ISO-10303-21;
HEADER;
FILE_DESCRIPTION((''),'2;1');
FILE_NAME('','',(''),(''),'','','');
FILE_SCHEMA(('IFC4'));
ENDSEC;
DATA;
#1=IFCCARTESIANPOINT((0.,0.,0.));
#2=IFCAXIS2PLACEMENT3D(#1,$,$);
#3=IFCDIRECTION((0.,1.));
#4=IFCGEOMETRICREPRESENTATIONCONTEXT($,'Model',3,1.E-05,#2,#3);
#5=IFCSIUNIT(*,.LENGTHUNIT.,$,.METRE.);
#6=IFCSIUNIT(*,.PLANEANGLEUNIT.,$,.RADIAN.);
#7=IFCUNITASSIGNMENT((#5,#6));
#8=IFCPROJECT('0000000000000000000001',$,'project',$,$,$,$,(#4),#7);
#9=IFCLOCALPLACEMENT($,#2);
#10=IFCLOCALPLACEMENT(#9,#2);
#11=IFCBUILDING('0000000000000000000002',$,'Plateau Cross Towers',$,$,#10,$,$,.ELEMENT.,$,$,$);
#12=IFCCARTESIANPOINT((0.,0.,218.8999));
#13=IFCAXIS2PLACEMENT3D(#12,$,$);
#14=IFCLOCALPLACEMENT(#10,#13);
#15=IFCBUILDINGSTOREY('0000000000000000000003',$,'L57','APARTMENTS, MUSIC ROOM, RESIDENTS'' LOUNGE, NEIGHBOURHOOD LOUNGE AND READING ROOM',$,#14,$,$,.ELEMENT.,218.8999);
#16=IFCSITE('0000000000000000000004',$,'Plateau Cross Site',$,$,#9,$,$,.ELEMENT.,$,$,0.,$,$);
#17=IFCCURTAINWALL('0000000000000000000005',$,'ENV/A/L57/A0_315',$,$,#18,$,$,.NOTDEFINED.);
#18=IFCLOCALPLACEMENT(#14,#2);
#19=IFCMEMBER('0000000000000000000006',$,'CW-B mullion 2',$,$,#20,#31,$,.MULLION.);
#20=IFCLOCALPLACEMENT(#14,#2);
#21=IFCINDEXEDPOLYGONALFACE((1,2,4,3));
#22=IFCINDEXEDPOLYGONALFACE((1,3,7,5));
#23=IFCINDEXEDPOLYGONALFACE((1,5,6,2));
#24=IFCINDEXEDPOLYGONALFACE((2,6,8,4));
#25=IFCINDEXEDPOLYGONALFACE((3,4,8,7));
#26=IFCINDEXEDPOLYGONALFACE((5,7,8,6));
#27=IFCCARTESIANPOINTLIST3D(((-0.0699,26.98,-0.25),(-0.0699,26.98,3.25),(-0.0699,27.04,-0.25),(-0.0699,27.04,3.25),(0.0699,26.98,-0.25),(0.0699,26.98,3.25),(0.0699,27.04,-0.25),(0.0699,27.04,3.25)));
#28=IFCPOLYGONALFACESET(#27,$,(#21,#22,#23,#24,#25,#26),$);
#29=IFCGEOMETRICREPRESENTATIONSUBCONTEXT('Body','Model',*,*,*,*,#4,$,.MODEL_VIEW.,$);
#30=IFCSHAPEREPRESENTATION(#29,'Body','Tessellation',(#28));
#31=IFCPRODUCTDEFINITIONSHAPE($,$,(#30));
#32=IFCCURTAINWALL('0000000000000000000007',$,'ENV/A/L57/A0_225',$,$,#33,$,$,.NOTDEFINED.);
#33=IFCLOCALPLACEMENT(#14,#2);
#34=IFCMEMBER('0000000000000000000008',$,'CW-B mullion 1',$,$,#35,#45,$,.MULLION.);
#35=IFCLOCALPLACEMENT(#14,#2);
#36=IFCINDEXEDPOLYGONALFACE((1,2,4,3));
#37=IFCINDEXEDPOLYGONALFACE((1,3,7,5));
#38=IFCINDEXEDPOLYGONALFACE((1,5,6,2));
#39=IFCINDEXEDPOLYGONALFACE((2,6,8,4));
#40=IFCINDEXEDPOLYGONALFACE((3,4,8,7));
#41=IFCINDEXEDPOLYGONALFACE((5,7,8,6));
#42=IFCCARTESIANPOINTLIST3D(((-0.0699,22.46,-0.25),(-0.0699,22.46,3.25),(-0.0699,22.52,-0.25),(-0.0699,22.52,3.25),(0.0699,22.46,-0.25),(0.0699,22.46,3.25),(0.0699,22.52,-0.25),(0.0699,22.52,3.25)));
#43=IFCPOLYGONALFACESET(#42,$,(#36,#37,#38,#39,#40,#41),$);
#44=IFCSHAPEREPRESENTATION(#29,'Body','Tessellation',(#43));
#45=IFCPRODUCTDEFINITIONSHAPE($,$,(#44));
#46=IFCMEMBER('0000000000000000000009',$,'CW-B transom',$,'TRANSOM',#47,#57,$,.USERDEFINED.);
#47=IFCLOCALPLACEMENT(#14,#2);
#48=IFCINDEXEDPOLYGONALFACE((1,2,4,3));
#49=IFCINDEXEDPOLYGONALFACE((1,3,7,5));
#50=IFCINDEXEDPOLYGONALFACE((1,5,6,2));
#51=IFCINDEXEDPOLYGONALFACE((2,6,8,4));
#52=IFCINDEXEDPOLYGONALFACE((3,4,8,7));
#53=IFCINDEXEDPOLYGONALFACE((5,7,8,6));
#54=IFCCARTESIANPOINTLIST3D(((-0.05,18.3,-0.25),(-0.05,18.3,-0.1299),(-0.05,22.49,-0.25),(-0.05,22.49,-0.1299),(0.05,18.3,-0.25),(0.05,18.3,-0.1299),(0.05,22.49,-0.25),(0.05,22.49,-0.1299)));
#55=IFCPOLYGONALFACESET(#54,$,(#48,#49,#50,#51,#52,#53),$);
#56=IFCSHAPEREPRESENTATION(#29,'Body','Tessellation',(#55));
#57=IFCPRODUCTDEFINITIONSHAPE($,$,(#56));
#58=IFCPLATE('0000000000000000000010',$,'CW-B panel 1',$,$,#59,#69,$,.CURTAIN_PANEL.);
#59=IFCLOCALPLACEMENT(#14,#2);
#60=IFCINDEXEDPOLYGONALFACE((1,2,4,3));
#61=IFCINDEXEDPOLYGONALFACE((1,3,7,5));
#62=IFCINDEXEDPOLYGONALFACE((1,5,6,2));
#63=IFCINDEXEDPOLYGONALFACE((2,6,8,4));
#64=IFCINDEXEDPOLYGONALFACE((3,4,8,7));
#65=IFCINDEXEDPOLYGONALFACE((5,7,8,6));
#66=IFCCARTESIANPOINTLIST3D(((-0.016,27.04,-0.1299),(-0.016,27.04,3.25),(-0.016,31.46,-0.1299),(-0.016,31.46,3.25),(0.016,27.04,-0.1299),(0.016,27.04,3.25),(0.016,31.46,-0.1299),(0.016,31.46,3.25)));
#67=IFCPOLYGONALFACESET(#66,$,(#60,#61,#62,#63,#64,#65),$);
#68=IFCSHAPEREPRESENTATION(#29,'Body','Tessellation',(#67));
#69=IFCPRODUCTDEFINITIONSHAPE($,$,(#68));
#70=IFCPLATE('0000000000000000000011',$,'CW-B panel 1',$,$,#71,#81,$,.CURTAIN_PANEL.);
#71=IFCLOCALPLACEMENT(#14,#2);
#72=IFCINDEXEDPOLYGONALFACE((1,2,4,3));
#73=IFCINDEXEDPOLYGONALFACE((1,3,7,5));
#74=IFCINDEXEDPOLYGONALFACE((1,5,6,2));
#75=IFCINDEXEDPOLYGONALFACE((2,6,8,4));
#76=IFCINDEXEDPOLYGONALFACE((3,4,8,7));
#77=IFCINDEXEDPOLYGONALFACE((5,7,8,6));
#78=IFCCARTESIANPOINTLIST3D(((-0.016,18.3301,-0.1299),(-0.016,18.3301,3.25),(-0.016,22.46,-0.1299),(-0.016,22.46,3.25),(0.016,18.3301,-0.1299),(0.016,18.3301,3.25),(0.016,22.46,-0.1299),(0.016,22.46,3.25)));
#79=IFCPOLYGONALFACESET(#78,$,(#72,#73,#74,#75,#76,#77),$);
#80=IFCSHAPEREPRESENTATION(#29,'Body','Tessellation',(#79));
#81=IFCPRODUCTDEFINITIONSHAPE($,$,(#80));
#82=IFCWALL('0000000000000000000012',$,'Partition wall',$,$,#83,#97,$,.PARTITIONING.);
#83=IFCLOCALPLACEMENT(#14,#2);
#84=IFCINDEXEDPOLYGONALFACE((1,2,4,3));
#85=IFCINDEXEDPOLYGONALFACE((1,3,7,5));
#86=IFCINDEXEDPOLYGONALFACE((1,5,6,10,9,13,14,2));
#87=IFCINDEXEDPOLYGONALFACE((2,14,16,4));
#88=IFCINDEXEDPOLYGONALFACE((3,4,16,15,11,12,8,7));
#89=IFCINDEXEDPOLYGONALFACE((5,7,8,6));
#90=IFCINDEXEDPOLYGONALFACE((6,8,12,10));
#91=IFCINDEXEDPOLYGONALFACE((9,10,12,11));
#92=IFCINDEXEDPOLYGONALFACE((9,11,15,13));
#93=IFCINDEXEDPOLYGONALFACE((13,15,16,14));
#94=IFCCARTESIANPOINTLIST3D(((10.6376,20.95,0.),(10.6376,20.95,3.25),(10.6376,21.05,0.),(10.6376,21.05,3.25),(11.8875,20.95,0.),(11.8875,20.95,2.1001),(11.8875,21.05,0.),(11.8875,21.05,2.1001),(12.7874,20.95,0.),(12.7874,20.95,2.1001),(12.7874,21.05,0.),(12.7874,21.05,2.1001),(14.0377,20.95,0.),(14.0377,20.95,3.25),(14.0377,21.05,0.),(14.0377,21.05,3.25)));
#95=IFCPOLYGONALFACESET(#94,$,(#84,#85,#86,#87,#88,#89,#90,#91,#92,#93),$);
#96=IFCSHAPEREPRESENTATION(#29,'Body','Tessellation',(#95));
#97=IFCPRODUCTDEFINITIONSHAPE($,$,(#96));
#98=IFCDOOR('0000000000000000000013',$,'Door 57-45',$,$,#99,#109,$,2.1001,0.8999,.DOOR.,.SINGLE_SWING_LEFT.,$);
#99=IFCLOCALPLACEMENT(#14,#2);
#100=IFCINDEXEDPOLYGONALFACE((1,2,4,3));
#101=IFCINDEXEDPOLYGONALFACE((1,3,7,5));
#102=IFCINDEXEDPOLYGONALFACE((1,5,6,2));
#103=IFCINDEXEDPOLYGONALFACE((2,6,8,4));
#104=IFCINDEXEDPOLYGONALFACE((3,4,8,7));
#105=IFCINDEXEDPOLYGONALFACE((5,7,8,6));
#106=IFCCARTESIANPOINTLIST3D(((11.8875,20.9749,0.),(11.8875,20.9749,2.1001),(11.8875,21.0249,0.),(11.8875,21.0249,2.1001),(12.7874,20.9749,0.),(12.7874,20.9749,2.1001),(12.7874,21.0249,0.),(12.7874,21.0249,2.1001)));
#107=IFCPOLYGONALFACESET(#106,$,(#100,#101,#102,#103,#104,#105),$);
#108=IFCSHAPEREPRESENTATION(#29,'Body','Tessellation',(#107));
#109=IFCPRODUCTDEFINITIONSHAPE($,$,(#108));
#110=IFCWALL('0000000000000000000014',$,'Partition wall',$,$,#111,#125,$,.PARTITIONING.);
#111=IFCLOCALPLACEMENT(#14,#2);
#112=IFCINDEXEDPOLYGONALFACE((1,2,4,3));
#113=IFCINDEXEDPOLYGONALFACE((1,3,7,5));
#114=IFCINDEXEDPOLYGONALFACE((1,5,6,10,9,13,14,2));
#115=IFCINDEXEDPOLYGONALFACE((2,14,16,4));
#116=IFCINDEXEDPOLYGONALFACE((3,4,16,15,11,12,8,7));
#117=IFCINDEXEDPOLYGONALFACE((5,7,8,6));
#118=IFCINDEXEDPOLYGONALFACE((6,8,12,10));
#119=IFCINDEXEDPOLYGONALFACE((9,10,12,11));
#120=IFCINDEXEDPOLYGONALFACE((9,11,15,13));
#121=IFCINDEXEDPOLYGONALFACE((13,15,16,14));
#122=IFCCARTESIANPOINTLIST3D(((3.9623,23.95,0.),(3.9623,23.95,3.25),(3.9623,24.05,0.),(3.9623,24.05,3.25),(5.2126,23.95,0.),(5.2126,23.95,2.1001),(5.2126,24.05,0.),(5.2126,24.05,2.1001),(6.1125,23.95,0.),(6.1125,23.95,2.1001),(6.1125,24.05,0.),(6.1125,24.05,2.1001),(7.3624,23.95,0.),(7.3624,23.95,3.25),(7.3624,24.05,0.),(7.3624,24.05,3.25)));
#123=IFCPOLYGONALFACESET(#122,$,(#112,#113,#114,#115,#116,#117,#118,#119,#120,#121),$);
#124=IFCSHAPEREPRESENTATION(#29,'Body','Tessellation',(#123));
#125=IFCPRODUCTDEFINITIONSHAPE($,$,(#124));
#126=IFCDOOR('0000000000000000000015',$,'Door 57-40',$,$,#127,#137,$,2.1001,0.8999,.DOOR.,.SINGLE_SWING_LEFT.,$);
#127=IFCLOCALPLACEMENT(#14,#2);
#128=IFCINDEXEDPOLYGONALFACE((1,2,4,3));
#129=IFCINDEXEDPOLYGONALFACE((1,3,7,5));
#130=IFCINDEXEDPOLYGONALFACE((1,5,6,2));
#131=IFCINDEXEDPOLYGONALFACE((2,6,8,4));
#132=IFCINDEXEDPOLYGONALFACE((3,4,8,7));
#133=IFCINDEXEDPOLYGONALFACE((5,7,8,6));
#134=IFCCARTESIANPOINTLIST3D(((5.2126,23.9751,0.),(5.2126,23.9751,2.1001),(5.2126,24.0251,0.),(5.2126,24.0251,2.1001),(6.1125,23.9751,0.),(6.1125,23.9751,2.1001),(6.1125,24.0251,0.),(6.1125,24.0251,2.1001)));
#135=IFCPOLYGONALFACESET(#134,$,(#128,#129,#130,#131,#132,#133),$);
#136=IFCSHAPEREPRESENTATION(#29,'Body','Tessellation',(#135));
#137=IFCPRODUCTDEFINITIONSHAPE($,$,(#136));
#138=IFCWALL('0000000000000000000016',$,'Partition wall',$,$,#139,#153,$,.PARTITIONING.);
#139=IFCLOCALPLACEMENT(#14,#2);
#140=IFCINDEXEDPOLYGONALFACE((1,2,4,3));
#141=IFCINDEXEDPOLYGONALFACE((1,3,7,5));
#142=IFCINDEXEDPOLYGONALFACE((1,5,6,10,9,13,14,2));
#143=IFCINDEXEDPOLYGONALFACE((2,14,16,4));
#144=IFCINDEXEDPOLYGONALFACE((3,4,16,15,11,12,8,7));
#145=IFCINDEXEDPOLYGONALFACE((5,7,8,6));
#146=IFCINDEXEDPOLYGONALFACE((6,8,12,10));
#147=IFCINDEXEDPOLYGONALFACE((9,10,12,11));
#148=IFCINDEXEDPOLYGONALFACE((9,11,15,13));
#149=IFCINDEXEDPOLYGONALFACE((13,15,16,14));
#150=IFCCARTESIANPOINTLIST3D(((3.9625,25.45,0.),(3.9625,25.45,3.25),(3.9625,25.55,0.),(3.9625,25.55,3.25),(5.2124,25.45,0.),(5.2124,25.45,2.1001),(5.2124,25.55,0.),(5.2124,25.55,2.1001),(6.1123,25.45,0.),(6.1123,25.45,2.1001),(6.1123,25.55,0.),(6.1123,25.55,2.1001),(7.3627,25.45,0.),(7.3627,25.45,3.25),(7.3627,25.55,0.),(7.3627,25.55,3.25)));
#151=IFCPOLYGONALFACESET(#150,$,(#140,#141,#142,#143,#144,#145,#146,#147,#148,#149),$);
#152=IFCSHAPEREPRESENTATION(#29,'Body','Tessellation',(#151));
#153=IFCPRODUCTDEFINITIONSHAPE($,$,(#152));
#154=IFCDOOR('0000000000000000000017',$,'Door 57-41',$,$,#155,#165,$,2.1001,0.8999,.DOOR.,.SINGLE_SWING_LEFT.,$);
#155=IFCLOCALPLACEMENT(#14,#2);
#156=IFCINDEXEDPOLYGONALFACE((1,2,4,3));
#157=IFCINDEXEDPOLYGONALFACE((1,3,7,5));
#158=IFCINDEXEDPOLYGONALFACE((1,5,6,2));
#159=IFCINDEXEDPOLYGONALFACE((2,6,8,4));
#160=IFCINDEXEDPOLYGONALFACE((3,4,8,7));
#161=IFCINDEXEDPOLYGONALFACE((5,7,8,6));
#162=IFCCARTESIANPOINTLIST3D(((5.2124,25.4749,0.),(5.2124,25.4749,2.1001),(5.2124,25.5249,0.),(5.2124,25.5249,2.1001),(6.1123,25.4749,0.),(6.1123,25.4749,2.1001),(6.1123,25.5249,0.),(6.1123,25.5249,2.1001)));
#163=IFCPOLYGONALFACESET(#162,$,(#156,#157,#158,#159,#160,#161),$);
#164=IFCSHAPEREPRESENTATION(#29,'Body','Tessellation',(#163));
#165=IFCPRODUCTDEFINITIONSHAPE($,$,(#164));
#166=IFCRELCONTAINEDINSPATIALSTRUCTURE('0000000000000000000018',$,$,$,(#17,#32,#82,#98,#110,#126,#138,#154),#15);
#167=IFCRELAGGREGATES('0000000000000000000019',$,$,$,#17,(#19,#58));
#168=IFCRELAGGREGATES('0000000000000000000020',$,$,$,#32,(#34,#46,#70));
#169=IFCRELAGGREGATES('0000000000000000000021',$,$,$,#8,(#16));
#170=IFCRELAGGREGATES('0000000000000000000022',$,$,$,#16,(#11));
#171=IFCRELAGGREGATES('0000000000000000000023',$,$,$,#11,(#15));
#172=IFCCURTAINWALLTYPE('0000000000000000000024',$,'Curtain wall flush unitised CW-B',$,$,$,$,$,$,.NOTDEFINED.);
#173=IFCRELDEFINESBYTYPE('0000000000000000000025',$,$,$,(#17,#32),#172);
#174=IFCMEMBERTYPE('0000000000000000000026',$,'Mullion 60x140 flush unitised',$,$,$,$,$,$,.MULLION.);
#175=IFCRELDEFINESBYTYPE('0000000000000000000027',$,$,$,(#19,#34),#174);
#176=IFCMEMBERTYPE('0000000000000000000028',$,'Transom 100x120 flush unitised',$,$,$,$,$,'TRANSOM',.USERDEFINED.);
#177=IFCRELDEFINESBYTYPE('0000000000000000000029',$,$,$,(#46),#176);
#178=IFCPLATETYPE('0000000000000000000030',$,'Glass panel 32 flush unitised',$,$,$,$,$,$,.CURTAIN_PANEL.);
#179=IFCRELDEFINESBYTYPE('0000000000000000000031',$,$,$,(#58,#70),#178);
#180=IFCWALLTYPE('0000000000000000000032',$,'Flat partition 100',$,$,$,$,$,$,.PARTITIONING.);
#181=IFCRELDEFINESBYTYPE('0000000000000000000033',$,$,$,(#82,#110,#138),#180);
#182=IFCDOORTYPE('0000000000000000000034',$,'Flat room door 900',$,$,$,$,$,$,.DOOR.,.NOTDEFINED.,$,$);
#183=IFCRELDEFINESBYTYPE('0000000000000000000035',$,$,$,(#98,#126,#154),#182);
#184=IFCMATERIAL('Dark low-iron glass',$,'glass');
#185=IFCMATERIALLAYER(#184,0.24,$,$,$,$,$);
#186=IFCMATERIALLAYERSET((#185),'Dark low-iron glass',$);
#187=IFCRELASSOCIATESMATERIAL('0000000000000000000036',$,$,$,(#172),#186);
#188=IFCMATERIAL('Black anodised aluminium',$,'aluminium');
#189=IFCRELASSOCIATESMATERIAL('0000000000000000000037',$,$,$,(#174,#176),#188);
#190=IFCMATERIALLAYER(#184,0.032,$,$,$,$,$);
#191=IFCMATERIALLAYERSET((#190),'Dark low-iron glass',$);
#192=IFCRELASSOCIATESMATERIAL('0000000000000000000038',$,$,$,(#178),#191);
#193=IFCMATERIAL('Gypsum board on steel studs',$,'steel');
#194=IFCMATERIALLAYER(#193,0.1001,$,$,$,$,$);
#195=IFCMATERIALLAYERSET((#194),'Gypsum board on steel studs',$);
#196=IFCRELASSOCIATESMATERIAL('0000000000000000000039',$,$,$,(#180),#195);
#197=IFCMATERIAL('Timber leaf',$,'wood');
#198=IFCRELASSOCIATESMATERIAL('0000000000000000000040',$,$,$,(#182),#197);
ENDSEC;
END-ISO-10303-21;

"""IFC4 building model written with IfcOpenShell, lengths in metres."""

from ifc_helpers import new_model, si_unit, direction, frame, frame_2d, origin, origin_2d, place, context, subcontext, project, spatial, rectangle, extrude, material, layer, layer_set, material_profile, profile_set, type_object, element, fill, aggregate, save


model = new_model("IFC4")

# Units and contexts
model_context = context("Model", 3, precision=1e-05, world=origin(), true_north=direction((0.0, 1.0)))
body_context = subcontext(model_context, "Body", "Model", "MODEL_VIEW")
ifc_project = project(units=[si_unit("LENGTHUNIT", "METRE"), si_unit("PLANEANGLEUNIT", "RADIAN")], contexts=[model_context])

# Site, building, storey
site_placement = place(None, origin())
site = spatial("IfcSite", under=ifc_project, at=site_placement, Name="Plateau Cross Site", CompositionType="ELEMENT", RefElevation=0.0)
building_placement = place(site_placement, origin())
building = spatial("IfcBuilding", under=site, at=building_placement, Name="Plateau Cross Towers", CompositionType="ELEMENT")
storey_placement = place(building_placement, frame((0.0, 0.0, 218.8999)))
storey = spatial("IfcBuildingStorey", under=building, at=storey_placement, Name="L57", Description="APARTMENTS, MUSIC ROOM, RESIDENTS' LOUNGE, NEIGHBOURHOOD LOUNGE AND READING ROOM", CompositionType="ELEMENT", Elevation=218.8999)

# Curtain wall, member
ifc_material_1 = material(Name="Dark low-iron glass", Category="glass")
ifc_layer_1 = layer(ifc_material_1, 0.24)
ifc_layer_set_1 = layer_set([ifc_layer_1], Name="Dark low-iron glass")
curtain_wall_type = type_object("IfcCurtainWallType", Name="Curtain wall flush unitised CW-B", PredefinedType="NOTDEFINED", material=ifc_layer_set_1)
curtain_wall_1_placement = place(storey_placement, origin())
curtain_wall_1 = element("IfcCurtainWall", 1, at=curtain_wall_1_placement, inside=storey, type_object=curtain_wall_type, Name="ENV/A/L57/A0_315", PredefinedType="NOTDEFINED")
ifc_material_2 = material(Name="Black anodised aluminium", Category="aluminium")
ifc_material_profile_1 = material_profile(ifc_material_2, rectangle(XDim=0.0601, YDim=0.1399, at=origin_2d()), Name="MULLION 60x140")
ifc_profile_set_1 = profile_set([ifc_material_profile_1], Name="Black anodised aluminium")
member_type_1 = type_object("IfcMemberType", Name="Mullion 60x140 flush unitised", PredefinedType="MULLION", material=ifc_profile_set_1)
member_1_placement = place(storey_placement, frame((0.0, 27.01, -0.25), z_axis=(0.0, 0.0, 1.0), x_axis=(0.0, -1.0, 0.0)))
member_1 = element("IfcMember", 2, at=member_1_placement, type_object=member_type_1, Name="CW-B mullion 2", PredefinedType="MULLION", context=body_context, shape_type="SweptSolid", body=[
    extrude(rectangle(XDim=0.0601, YDim=0.1399, at=origin_2d()), origin(), (0.0, 0.0, 1.0), 3.5),
])

# Curtain wall, members
curtain_wall_2_placement = place(storey_placement, origin())
curtain_wall_2 = element("IfcCurtainWall", 3, at=curtain_wall_2_placement, inside=storey, type_object=curtain_wall_type, Name="ENV/A/L57/A0_225", PredefinedType="NOTDEFINED")
member_2_placement = place(storey_placement, frame((0.0, 22.49, -0.25), z_axis=(0.0, 0.0, 1.0), x_axis=(0.0, -1.0, 0.0)))
member_2 = element("IfcMember", 4, at=member_2_placement, type_object=member_type_1, Name="CW-B mullion 1", PredefinedType="MULLION", context=body_context, shape_type="SweptSolid", body=[
    extrude(rectangle(XDim=0.0601, YDim=0.1399, at=origin_2d()), origin(), (0.0, 0.0, 1.0), 3.5),
])
ifc_material_profile_2 = material_profile(ifc_material_2, rectangle(XDim=0.1001, YDim=0.1201, at=origin_2d()), Name="TRANSOM 100x120")
ifc_profile_set_2 = profile_set([ifc_material_profile_2], Name="Black anodised aluminium")
member_type_2 = type_object("IfcMemberType", Name="Transom 100x120 flush unitised", ElementType="TRANSOM", PredefinedType="USERDEFINED", material=ifc_profile_set_2)
member_3_placement = place(storey_placement, frame((0.0, 22.49, -0.1899), z_axis=(0.0, -1.0, 0.0), x_axis=(1.0, 0.0, 0.0)))
member_3 = element("IfcMember", 5, at=member_3_placement, type_object=member_type_2, Name="CW-B transom", ObjectType="TRANSOM", PredefinedType="USERDEFINED", context=body_context, shape_type="SweptSolid", body=[
    extrude(rectangle(XDim=0.1001, YDim=0.1201, at=origin_2d()), origin(), (0.0, 0.0, 1.0), 4.1899),
])

# Plates
ifc_layer_2 = layer(ifc_material_1, 0.032)
ifc_layer_set_2 = layer_set([ifc_layer_2], Name="Dark low-iron glass")
plate_type = type_object("IfcPlateType", Name="Glass panel 32 flush unitised", PredefinedType="CURTAIN_PANEL", material=ifc_layer_set_2)
plate_1_placement = place(storey_placement, frame((0.0, 29.25, -0.1299), z_axis=(0.0, 0.0, 1.0), x_axis=(0.0, -1.0, 0.0)))
plate_1 = element("IfcPlate", 6, at=plate_1_placement, type_object=plate_type, Name="CW-B panel 1", PredefinedType="CURTAIN_PANEL", context=body_context, shape_type="SweptSolid", body=[
    extrude(rectangle(XDim=4.4199, YDim=0.032, at=origin_2d()), origin(), (0.0, 0.0, 1.0), 3.3799),
])
aggregate(curtain_wall_1, [member_1, plate_1])
plate_2_placement = place(storey_placement, frame((0.0, 20.395, -0.1299), z_axis=(0.0, 0.0, 1.0), x_axis=(0.0, -1.0, 0.0)))
plate_2 = element("IfcPlate", 7, at=plate_2_placement, type_object=plate_type, Name="CW-B panel 1", PredefinedType="CURTAIN_PANEL", context=body_context, shape_type="SweptSolid", body=[
    extrude(rectangle(XDim=4.1299, YDim=0.032, at=origin_2d()), origin(), (0.0, 0.0, 1.0), 3.3799),
])
aggregate(curtain_wall_2, [member_2, member_3, plate_2])

# Walls, openings, doors
ifc_material_3 = material(Name="Gypsum board on steel studs", Category="steel")
ifc_layer_3 = layer(ifc_material_3, 0.1001)
ifc_layer_set_3 = layer_set([ifc_layer_3], Name="Gypsum board on steel studs")
wall_type_1 = type_object("IfcWallType", Name="Flat partition 100", PredefinedType="PARTITIONING", material=ifc_layer_set_3)
wall_1_placement = place(storey_placement, frame((10.6375, 21.0, 0.0), z_axis=(0.0, 0.0, 1.0), x_axis=(1.0, 0.0, 0.0)))
wall_1 = element("IfcWall", 8, at=wall_1_placement, inside=storey, type_object=wall_type_1, Name="Partition wall", PredefinedType="PARTITIONING", context=body_context, shape_type="SweptSolid", body=[
    extrude(rectangle(XDim=3.4001, YDim=0.1001, at=frame_2d((1.7002, 0.0))), origin(), (0.0, 0.0, 1.0), 3.25),
])
opening_1_placement = place(wall_1_placement, frame((1.25, 0.0, 0.0)))
opening_1 = element("IfcOpeningElement", 9, at=opening_1_placement, cuts=wall_1, PredefinedType="OPENING", context=body_context, shape_type="SweptSolid", body=[
    extrude(rectangle(XDim=0.8999, YDim=2.1001, at=frame_2d((0.45, 1.05))), frame((0.0, 0.0601, 0.0), z_axis=(0.0, -1.0, 0.0), x_axis=(1.0, 0.0, 0.0)), (0.0, 0.0, 1.0), 0.1201),
])
ifc_material_4 = material(Name="Timber leaf", Category="wood")
door_type_1 = type_object("IfcDoorType", Name="Flat room door 900", OperationType="NOTDEFINED", PredefinedType="DOOR", material=ifc_material_4)
door_1_placement = place(opening_1_placement, origin())
door_1 = element("IfcDoor", 10, at=door_1_placement, inside=storey, type_object=door_type_1, Name="Door 57-45", OperationType="SINGLE_SWING_LEFT", OverallHeight=2.1001, OverallWidth=0.8999, PredefinedType="DOOR", context=body_context, shape_type="SweptSolid", body=[
    extrude(rectangle(XDim=0.8999, YDim=2.1001, at=frame_2d((0.45, 1.05))), frame((0.0, 0.0249, 0.0), z_axis=(0.0, -1.0, 0.0), x_axis=(1.0, 0.0, 0.0)), (0.0, 0.0, 1.0), 0.05),
])
fill(opening_1, door_1)
wall_2_placement = place(storey_placement, frame((7.3625, 24.0, 0.0), z_axis=(0.0, 0.0, 1.0), x_axis=(-1.0, 0.0, 0.0)))
wall_2 = element("IfcWall", 11, at=wall_2_placement, inside=storey, type_object=wall_type_1, Name="Partition wall", PredefinedType="PARTITIONING", context=body_context, shape_type="SweptSolid", body=[
    extrude(rectangle(XDim=3.4001, YDim=0.1001, at=frame_2d((1.7002, 0.0))), origin(), (0.0, 0.0, 1.0), 3.25),
])
opening_2_placement = place(wall_2_placement, frame((1.25, 0.0, 0.0)))
opening_2 = element("IfcOpeningElement", 12, at=opening_2_placement, cuts=wall_2, PredefinedType="OPENING", context=body_context, shape_type="SweptSolid", body=[
    extrude(rectangle(XDim=0.8999, YDim=2.1001, at=frame_2d((0.45, 1.05))), frame((0.0, 0.0601, 0.0), z_axis=(0.0, -1.0, 0.0), x_axis=(1.0, 0.0, 0.0)), (0.0, 0.0, 1.0), 0.1201),
])
door_2_placement = place(opening_2_placement, origin())
door_2 = element("IfcDoor", 13, at=door_2_placement, inside=storey, type_object=door_type_1, Name="Door 57-40", OperationType="SINGLE_SWING_LEFT", OverallHeight=2.1001, OverallWidth=0.8999, PredefinedType="DOOR", context=body_context, shape_type="SweptSolid", body=[
    extrude(rectangle(XDim=0.8999, YDim=2.1001, at=frame_2d((0.45, 1.05))), frame((0.0, 0.0249, 0.0), z_axis=(0.0, -1.0, 0.0), x_axis=(1.0, 0.0, 0.0)), (0.0, 0.0, 1.0), 0.05),
])
fill(opening_2, door_2)
wall_3_placement = place(storey_placement, frame((3.9624, 25.5, 0.0), z_axis=(0.0, 0.0, 1.0), x_axis=(1.0, 0.0, 0.0)))
wall_3 = element("IfcWall", 14, at=wall_3_placement, inside=storey, type_object=wall_type_1, Name="Partition wall", PredefinedType="PARTITIONING", context=body_context, shape_type="SweptSolid", body=[
    extrude(rectangle(XDim=3.4001, YDim=0.1001, at=frame_2d((1.7002, 0.0))), origin(), (0.0, 0.0, 1.0), 3.25),
])
opening_3_placement = place(wall_3_placement, frame((1.25, 0.0, 0.0)))
opening_3 = element("IfcOpeningElement", 15, at=opening_3_placement, cuts=wall_3, PredefinedType="OPENING", context=body_context, shape_type="SweptSolid", body=[
    extrude(rectangle(XDim=0.8999, YDim=2.1001, at=frame_2d((0.45, 1.05))), frame((0.0, 0.0601, 0.0), z_axis=(0.0, -1.0, 0.0), x_axis=(1.0, 0.0, 0.0)), (0.0, 0.0, 1.0), 0.1201),
])
door_3_placement = place(opening_3_placement, origin())
door_3 = element("IfcDoor", 16, at=door_3_placement, inside=storey, type_object=door_type_1, Name="Door 57-41", OperationType="SINGLE_SWING_LEFT", OverallHeight=2.1001, OverallWidth=0.8999, PredefinedType="DOOR", context=body_context, shape_type="SweptSolid", body=[
    extrude(rectangle(XDim=0.8999, YDim=2.1001, at=frame_2d((0.45, 1.05))), frame((0.0, 0.0249, 0.0), z_axis=(0.0, -1.0, 0.0), x_axis=(1.0, 0.0, 0.0)), (0.0, 0.0, 1.0), 0.05),
])
fill(opening_3, door_3)

save(model, "model.ifc")
